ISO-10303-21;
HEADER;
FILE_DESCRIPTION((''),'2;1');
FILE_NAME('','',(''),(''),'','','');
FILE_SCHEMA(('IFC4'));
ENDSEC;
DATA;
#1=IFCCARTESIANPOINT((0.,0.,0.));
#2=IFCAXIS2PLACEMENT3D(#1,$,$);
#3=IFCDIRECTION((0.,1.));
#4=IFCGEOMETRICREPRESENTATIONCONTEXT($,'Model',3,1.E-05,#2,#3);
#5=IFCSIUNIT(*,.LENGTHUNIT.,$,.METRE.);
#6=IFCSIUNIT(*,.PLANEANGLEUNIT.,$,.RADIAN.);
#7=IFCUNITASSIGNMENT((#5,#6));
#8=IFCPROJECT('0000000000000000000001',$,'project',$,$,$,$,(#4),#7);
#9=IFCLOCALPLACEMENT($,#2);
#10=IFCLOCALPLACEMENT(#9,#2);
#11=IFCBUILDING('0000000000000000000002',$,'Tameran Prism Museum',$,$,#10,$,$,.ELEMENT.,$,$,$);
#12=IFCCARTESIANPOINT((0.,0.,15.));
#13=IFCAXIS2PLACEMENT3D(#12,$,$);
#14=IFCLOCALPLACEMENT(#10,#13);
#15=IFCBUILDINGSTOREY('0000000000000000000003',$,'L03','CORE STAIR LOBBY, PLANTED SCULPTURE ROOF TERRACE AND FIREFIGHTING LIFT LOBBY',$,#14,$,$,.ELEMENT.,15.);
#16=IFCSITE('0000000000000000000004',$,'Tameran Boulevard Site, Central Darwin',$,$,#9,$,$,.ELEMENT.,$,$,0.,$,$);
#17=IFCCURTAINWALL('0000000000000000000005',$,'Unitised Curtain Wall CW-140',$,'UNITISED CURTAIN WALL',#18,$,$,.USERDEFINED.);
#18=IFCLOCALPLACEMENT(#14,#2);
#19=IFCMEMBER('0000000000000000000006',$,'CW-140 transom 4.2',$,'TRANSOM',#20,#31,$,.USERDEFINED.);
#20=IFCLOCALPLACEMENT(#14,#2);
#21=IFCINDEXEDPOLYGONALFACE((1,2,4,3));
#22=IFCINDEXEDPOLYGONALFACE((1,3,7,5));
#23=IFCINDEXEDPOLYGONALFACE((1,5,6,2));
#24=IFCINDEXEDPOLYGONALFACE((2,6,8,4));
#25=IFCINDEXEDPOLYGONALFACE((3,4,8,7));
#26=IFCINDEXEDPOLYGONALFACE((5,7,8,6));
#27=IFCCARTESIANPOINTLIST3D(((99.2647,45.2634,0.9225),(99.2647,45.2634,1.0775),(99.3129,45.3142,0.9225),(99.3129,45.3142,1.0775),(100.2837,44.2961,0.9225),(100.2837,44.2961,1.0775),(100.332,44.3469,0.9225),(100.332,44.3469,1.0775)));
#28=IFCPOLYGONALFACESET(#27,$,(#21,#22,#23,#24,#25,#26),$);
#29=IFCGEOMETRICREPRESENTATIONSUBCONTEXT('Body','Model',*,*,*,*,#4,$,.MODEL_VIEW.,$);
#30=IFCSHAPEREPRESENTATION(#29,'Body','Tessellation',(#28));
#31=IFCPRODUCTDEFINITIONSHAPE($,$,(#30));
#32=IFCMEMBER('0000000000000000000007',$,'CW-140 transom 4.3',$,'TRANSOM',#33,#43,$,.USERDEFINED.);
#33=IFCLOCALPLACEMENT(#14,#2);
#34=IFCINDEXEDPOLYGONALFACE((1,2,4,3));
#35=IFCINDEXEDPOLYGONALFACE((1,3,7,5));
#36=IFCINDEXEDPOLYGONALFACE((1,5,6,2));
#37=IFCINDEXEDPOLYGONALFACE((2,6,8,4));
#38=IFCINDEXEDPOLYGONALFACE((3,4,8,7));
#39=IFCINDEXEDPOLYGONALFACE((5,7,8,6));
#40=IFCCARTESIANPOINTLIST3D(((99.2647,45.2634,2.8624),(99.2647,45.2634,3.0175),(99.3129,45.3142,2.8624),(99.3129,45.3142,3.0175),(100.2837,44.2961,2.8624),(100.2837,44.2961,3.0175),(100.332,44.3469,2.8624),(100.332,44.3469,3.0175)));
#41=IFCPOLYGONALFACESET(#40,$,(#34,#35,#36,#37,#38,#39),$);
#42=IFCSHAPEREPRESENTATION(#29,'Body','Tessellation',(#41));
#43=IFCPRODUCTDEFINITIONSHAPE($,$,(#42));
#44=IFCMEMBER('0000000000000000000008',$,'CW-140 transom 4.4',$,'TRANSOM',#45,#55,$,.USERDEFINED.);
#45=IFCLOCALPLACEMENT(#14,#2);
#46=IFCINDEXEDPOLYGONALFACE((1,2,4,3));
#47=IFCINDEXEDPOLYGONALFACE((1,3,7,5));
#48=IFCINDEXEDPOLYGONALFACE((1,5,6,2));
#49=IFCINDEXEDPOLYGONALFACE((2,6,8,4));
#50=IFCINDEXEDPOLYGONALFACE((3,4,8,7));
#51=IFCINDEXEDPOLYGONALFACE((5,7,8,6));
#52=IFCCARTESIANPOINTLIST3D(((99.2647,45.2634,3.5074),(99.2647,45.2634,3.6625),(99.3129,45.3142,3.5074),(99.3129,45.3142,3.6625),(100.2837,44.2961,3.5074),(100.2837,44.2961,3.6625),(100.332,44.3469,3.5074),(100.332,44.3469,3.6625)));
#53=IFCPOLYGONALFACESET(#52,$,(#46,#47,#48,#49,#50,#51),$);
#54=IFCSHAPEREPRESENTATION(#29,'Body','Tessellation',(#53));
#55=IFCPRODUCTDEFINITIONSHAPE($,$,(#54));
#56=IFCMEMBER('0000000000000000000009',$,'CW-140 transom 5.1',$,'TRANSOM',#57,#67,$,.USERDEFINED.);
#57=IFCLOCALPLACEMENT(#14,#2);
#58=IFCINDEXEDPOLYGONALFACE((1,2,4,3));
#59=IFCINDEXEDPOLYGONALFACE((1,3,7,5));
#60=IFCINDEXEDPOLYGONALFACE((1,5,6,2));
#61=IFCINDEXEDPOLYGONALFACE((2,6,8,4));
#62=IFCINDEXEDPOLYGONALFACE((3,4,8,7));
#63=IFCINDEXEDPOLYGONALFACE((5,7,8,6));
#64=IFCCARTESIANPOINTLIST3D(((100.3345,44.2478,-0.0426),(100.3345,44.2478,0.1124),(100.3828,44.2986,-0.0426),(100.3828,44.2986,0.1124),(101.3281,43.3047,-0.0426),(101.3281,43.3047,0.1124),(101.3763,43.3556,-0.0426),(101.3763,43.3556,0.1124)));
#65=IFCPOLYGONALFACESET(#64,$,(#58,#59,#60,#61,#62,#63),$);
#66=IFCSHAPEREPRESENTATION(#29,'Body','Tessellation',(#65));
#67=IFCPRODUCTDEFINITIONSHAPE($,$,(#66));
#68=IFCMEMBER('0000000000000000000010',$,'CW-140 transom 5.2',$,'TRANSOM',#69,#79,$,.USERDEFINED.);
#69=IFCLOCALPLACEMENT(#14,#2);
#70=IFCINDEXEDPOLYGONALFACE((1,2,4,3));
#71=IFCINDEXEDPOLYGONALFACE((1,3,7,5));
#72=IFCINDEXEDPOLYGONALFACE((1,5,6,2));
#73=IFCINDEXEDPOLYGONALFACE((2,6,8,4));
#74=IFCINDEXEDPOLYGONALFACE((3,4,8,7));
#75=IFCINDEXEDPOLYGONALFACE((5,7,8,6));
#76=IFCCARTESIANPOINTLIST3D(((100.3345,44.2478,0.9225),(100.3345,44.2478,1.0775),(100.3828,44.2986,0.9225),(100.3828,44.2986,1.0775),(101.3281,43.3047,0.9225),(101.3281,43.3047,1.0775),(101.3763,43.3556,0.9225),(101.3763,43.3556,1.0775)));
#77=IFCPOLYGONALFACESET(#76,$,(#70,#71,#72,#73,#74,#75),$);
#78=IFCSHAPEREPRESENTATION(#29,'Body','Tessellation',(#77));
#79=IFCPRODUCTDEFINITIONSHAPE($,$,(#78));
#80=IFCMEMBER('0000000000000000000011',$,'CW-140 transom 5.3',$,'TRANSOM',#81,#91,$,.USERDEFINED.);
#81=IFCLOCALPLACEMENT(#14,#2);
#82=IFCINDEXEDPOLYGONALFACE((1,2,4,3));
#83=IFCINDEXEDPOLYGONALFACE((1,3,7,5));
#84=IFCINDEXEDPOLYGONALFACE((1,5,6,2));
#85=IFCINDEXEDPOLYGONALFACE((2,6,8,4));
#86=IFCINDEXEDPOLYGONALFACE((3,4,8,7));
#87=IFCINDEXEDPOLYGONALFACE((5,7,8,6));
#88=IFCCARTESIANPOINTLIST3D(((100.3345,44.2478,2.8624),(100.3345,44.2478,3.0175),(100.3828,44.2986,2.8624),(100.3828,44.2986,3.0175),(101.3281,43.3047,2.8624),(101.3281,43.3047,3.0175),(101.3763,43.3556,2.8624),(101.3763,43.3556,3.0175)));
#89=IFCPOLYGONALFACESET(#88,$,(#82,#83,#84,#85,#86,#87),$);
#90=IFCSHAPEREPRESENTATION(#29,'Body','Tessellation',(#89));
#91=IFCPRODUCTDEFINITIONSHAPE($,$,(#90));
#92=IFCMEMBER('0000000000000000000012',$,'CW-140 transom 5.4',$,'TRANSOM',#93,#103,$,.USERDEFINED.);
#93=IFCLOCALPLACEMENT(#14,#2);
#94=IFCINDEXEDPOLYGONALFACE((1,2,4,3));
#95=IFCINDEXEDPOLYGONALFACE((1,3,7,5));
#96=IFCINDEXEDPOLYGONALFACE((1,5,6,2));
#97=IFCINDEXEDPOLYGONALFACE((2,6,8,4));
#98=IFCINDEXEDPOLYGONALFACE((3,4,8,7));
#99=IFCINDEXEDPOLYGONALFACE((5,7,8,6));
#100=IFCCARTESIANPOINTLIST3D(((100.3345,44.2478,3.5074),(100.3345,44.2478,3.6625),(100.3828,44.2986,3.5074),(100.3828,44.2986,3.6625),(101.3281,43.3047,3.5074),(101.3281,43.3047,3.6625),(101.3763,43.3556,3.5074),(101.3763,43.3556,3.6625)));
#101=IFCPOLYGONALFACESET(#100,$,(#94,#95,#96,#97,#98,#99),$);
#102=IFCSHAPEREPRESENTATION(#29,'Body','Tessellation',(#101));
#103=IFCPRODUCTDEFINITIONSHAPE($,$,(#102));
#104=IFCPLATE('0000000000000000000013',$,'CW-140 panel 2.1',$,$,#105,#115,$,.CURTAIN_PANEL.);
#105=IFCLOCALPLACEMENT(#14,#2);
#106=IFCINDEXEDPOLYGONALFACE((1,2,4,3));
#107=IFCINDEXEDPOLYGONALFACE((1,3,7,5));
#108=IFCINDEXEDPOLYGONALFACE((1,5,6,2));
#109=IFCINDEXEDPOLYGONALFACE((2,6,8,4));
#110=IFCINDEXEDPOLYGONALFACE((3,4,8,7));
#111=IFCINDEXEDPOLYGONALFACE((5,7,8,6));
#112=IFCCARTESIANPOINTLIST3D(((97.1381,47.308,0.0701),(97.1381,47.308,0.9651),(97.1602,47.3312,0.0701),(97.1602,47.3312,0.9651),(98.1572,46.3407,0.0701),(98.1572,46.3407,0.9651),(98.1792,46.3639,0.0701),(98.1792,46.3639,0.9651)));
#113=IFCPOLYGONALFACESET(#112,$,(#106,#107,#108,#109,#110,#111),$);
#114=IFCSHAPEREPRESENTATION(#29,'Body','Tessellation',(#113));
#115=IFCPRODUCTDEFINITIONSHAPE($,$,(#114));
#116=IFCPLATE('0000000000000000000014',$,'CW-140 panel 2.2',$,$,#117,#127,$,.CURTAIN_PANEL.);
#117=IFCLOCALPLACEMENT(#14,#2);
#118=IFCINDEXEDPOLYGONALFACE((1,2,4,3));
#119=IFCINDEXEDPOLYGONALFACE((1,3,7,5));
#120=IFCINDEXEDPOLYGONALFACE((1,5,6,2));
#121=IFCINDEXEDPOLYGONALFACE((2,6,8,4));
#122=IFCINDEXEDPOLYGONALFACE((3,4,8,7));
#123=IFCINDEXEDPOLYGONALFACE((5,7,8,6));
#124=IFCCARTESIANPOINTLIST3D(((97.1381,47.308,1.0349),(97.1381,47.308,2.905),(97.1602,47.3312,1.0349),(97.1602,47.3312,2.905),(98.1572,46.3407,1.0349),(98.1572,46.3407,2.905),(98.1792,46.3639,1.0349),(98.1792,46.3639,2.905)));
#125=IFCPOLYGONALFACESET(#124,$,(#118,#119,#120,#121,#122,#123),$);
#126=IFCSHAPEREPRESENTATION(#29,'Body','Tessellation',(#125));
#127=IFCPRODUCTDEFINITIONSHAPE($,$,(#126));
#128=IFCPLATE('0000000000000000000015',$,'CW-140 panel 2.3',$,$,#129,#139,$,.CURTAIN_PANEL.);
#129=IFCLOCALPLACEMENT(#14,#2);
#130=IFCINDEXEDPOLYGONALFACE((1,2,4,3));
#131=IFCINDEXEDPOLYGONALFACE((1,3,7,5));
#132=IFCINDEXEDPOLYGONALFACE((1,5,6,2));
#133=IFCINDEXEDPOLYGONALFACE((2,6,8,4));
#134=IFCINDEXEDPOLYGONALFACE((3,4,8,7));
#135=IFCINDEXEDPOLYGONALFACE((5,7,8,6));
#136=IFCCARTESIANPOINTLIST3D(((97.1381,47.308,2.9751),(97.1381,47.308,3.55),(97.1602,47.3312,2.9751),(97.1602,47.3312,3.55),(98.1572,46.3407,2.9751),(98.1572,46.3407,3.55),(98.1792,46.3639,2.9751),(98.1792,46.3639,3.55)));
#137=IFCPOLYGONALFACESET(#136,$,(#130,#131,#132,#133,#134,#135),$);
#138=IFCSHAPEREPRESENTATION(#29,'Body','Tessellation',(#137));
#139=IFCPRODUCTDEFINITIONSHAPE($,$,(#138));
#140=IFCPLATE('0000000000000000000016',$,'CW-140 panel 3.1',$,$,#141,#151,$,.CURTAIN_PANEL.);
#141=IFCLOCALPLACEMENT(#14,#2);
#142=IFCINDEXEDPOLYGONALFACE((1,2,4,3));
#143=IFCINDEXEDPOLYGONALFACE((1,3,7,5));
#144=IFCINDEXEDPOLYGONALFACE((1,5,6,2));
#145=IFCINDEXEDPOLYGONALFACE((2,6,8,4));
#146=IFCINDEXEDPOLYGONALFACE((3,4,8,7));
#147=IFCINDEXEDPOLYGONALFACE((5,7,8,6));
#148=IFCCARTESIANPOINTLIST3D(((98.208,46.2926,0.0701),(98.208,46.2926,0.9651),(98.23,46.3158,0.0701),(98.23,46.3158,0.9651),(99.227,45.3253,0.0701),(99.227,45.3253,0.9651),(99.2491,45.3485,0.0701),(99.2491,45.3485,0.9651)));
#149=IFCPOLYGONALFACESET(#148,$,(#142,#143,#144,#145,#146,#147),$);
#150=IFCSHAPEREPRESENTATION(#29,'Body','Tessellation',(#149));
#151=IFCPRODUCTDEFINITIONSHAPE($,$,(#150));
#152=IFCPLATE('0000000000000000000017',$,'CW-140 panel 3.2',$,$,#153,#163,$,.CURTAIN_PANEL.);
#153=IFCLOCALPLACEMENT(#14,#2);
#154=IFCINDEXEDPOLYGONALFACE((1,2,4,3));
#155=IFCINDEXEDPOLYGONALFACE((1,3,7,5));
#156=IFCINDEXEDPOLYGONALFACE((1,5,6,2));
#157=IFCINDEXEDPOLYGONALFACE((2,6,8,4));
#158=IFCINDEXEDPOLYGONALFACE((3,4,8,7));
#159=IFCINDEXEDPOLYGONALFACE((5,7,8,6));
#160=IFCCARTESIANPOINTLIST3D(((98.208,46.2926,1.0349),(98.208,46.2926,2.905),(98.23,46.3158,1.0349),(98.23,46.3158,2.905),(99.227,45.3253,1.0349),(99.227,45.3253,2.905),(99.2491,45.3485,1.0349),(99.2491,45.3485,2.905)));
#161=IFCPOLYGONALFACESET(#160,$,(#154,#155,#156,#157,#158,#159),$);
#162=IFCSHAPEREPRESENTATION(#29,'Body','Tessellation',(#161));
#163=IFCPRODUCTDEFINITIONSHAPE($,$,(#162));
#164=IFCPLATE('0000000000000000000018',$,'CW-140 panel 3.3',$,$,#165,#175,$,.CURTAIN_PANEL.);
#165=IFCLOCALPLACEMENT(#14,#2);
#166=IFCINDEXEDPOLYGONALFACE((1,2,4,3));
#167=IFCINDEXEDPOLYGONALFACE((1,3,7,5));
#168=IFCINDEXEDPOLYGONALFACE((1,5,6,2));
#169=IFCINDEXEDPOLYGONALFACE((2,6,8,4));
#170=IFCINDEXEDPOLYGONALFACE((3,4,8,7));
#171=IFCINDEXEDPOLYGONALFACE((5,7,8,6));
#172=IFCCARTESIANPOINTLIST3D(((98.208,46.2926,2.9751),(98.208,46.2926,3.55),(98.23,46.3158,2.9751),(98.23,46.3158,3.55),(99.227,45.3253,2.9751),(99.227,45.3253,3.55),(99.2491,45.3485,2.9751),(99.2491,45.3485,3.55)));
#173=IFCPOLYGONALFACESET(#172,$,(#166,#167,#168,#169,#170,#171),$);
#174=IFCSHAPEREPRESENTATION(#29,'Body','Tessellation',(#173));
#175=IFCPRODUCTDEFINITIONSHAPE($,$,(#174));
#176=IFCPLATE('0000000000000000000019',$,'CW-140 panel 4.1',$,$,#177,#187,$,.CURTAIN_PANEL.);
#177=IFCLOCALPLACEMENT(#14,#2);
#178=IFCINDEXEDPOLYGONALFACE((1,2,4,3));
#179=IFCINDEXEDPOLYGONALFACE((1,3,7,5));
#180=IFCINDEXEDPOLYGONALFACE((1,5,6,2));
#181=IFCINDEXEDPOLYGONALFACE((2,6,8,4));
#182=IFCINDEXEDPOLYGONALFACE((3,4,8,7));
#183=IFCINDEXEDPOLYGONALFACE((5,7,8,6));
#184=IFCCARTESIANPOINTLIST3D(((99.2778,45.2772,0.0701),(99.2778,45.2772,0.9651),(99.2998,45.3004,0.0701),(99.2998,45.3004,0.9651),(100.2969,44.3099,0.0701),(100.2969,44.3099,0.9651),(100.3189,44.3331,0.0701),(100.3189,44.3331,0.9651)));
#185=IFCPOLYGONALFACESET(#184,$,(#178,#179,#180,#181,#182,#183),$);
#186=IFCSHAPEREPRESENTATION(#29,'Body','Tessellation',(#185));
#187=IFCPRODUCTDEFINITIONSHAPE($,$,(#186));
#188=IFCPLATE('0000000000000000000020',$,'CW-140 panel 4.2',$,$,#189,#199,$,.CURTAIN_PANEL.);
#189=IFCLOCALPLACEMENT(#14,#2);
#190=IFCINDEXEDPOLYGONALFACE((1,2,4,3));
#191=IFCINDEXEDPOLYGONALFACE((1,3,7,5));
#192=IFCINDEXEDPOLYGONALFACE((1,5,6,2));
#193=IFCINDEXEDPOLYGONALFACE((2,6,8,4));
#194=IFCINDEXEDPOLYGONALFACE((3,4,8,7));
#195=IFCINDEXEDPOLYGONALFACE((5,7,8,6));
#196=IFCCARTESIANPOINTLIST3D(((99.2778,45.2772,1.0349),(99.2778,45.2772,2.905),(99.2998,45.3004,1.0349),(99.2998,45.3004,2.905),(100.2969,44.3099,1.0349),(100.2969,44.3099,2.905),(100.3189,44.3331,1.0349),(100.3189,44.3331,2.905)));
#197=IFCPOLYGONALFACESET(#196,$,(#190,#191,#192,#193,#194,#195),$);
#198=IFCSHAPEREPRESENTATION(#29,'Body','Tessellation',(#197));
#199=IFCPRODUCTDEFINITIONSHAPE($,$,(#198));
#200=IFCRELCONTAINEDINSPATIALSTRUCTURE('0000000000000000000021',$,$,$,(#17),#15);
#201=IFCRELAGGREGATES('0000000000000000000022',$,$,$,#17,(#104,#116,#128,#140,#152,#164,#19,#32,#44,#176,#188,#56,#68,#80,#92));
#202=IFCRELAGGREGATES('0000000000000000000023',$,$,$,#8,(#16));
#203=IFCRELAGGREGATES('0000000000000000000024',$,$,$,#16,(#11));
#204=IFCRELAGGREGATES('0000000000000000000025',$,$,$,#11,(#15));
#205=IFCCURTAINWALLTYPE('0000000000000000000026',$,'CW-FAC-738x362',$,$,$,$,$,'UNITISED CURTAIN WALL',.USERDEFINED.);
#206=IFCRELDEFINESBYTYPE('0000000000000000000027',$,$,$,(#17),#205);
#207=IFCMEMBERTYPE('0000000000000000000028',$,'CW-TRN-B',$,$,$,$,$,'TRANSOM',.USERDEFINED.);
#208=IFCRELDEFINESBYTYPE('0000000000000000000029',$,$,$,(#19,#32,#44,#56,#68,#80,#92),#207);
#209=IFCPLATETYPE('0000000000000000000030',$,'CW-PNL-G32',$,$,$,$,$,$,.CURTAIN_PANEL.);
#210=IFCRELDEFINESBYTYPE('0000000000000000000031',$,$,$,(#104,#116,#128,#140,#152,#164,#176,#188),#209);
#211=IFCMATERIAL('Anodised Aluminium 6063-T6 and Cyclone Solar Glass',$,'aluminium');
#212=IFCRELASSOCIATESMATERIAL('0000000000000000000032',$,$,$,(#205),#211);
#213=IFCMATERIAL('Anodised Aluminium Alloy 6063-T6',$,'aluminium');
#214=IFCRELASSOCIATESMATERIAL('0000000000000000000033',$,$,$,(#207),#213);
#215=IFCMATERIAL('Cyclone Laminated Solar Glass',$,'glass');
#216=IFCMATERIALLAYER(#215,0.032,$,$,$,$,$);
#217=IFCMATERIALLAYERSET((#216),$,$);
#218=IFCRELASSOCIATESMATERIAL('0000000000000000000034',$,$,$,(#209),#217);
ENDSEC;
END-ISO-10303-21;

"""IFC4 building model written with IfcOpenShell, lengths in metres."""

from ifc_helpers import new_model, si_unit, direction, frame, origin, origin_2d, place, context, subcontext, project, spatial, rectangle, extrude, material, layer, layer_set, material_profile, profile_set, type_object, element, aggregate, save


model = new_model("IFC4")

# Units and contexts
model_context = context("Model", 3, precision=1e-05, world=origin(), true_north=direction((0.0, 1.0)))
body_context = subcontext(model_context, "Body", "Model", "MODEL_VIEW")
ifc_project = project(units=[si_unit("LENGTHUNIT", "METRE"), si_unit("PLANEANGLEUNIT", "RADIAN")], contexts=[model_context])

# Site, building, storey
site_placement = place(None, origin())
site = spatial("IfcSite", under=ifc_project, at=site_placement, Name="Tameran Boulevard Site, Central Darwin", CompositionType="ELEMENT", RefElevation=0.0)
building_placement = place(site_placement, origin())
building = spatial("IfcBuilding", under=site, at=building_placement, Name="Tameran Prism Museum", CompositionType="ELEMENT")
storey_placement = place(building_placement, frame((0.0, 0.0, 15.0)))
storey = spatial("IfcBuildingStorey", under=building, at=storey_placement, Name="L03", Description="CORE STAIR LOBBY, PLANTED SCULPTURE ROOF TERRACE AND FIREFIGHTING LIFT LOBBY", CompositionType="ELEMENT", Elevation=15.0)

# Curtain wall
ifc_material_1 = material(Name="Anodised Aluminium 6063-T6 and Cyclone Solar Glass", Category="aluminium")
curtain_wall_type_1 = type_object("IfcCurtainWallType", Name="CW-FAC-738x362", ElementType="UNITISED CURTAIN WALL", PredefinedType="USERDEFINED", material=ifc_material_1)
curtain_wall_1_placement = place(storey_placement, origin())
curtain_wall_1 = element("IfcCurtainWall", 1, at=curtain_wall_1_placement, inside=storey, type_object=curtain_wall_type_1, Name="Unitised Curtain Wall CW-140", ObjectType="UNITISED CURTAIN WALL", PredefinedType="USERDEFINED")

# Members
ifc_material_2 = material(Name="Anodised Aluminium Alloy 6063-T6", Category="aluminium")
ifc_material_profile_1 = material_profile(ifc_material_2, rectangle(XDim=0.0701, YDim=0.155, at=origin_2d()))
ifc_profile_set_1 = profile_set([ifc_material_profile_1])
member_type_1 = type_object("IfcMemberType", Name="CW-TRN-B", ElementType="TRANSOM", PredefinedType="USERDEFINED", material=ifc_profile_set_1)
member_1_placement = place(storey_placement, frame((99.2888, 45.2888, 1.0), z_axis=(0.725286, -0.688448, 0.0), x_axis=(0.688448, 0.725286, 0.0)))
member_1 = element("IfcMember", 2, at=member_1_placement, type_object=member_type_1, Name="CW-140 transom 4.2", ObjectType="TRANSOM", PredefinedType="USERDEFINED", context=body_context, shape_type="SweptSolid", body=[
    extrude(rectangle(XDim=0.0701, YDim=0.155, at=origin_2d()), origin(), (0.0, 0.0, 1.0), 1.405),
])
member_2_placement = place(storey_placement, frame((99.2888, 45.2888, 2.9399), z_axis=(0.725286, -0.688448, 0.0), x_axis=(0.688448, 0.725286, 0.0)))
member_2 = element("IfcMember", 3, at=member_2_placement, type_object=member_type_1, Name="CW-140 transom 4.3", ObjectType="TRANSOM", PredefinedType="USERDEFINED", context=body_context, shape_type="SweptSolid", body=[
    extrude(rectangle(XDim=0.0701, YDim=0.155, at=origin_2d()), origin(), (0.0, 0.0, 1.0), 1.405),
])
member_3_placement = place(storey_placement, frame((99.2888, 45.2888, 3.585), z_axis=(0.725286, -0.688448, 0.0), x_axis=(0.688448, 0.725286, 0.0)))
member_3 = element("IfcMember", 4, at=member_3_placement, type_object=member_type_1, Name="CW-140 transom 4.4", ObjectType="TRANSOM", PredefinedType="USERDEFINED", context=body_context, shape_type="SweptSolid", body=[
    extrude(rectangle(XDim=0.0701, YDim=0.155, at=origin_2d()), origin(), (0.0, 0.0, 1.0), 1.405),
])
member_4_placement = place(storey_placement, frame((100.3586, 44.2732, 0.0349), z_axis=(0.725311, -0.688422, 0.0), x_axis=(0.688422, 0.725311, 0.0)))
member_4 = element("IfcMember", 5, at=member_4_placement, type_object=member_type_1, Name="CW-140 transom 5.1", ObjectType="TRANSOM", PredefinedType="USERDEFINED", context=body_context, shape_type="SweptSolid", body=[
    extrude(rectangle(XDim=0.0701, YDim=0.155, at=origin_2d()), origin(), (0.0, 0.0, 1.0), 1.3699),
])
member_5_placement = place(storey_placement, frame((100.3586, 44.2732, 1.0), z_axis=(0.725311, -0.688422, 0.0), x_axis=(0.688422, 0.725311, 0.0)))
member_5 = element("IfcMember", 6, at=member_5_placement, type_object=member_type_1, Name="CW-140 transom 5.2", ObjectType="TRANSOM", PredefinedType="USERDEFINED", context=body_context, shape_type="SweptSolid", body=[
    extrude(rectangle(XDim=0.0701, YDim=0.155, at=origin_2d()), origin(), (0.0, 0.0, 1.0), 1.3699),
])
member_6_placement = place(storey_placement, frame((100.3586, 44.2732, 2.9399), z_axis=(0.725311, -0.688422, 0.0), x_axis=(0.688422, 0.725311, 0.0)))
member_6 = element("IfcMember", 7, at=member_6_placement, type_object=member_type_1, Name="CW-140 transom 5.3", ObjectType="TRANSOM", PredefinedType="USERDEFINED", context=body_context, shape_type="SweptSolid", body=[
    extrude(rectangle(XDim=0.0701, YDim=0.155, at=origin_2d()), origin(), (0.0, 0.0, 1.0), 1.3699),
])
member_7_placement = place(storey_placement, frame((100.3586, 44.2732, 3.585), z_axis=(0.725311, -0.688422, 0.0), x_axis=(0.688422, 0.725311, 0.0)))
member_7 = element("IfcMember", 8, at=member_7_placement, type_object=member_type_1, Name="CW-140 transom 5.4", ObjectType="TRANSOM", PredefinedType="USERDEFINED", context=body_context, shape_type="SweptSolid", body=[
    extrude(rectangle(XDim=0.0701, YDim=0.155, at=origin_2d()), origin(), (0.0, 0.0, 1.0), 1.3699),
])

# Plates
ifc_material_3 = material(Name="Cyclone Laminated Solar Glass", Category="glass")
ifc_layer_1 = layer(ifc_material_3, 0.032)
ifc_layer_set_1 = layer_set([ifc_layer_1])
plate_type = type_object("IfcPlateType", Name="CW-PNL-G32", PredefinedType="CURTAIN_PANEL", material=ifc_layer_set_1)
plate_1_placement = place(storey_placement, frame((97.6587, 46.8359, 0.0701), z_axis=(0.0, 0.0, 1.0), x_axis=(0.725307, -0.688425, 0.0)))
plate_1 = element("IfcPlate", 9, at=plate_1_placement, type_object=plate_type, Name="CW-140 panel 2.1", PredefinedType="CURTAIN_PANEL", context=body_context, shape_type="SweptSolid", body=[
    extrude(rectangle(XDim=1.405, YDim=0.032, at=origin_2d()), origin(), (0.0, 0.0, 1.0), 0.895),
])
plate_2_placement = place(storey_placement, frame((97.6587, 46.8359, 1.0349), z_axis=(0.0, 0.0, 1.0), x_axis=(0.725307, -0.688425, 0.0)))
plate_2 = element("IfcPlate", 10, at=plate_2_placement, type_object=plate_type, Name="CW-140 panel 2.2", PredefinedType="CURTAIN_PANEL", context=body_context, shape_type="SweptSolid", body=[
    extrude(rectangle(XDim=1.405, YDim=0.032, at=origin_2d()), origin(), (0.0, 0.0, 1.0), 1.8701),
])
plate_3_placement = place(storey_placement, frame((97.6587, 46.8359, 2.9751), z_axis=(0.0, 0.0, 1.0), x_axis=(0.725307, -0.688425, 0.0)))
plate_3 = element("IfcPlate", 11, at=plate_3_placement, type_object=plate_type, Name="CW-140 panel 2.3", PredefinedType="CURTAIN_PANEL", context=body_context, shape_type="SweptSolid", body=[
    extrude(rectangle(XDim=1.405, YDim=0.032, at=origin_2d()), origin(), (0.0, 0.0, 1.0), 0.575),
])
plate_4_placement = place(storey_placement, frame((98.7285, 45.8206, 0.0701), z_axis=(0.0, 0.0, 1.0), x_axis=(0.725307, -0.688425, 0.0)))
plate_4 = element("IfcPlate", 12, at=plate_4_placement, type_object=plate_type, Name="CW-140 panel 3.1", PredefinedType="CURTAIN_PANEL", context=body_context, shape_type="SweptSolid", body=[
    extrude(rectangle(XDim=1.405, YDim=0.032, at=origin_2d()), origin(), (0.0, 0.0, 1.0), 0.895),
])
plate_5_placement = place(storey_placement, frame((98.7285, 45.8206, 1.0349), z_axis=(0.0, 0.0, 1.0), x_axis=(0.725307, -0.688425, 0.0)))
plate_5 = element("IfcPlate", 13, at=plate_5_placement, type_object=plate_type, Name="CW-140 panel 3.2", PredefinedType="CURTAIN_PANEL", context=body_context, shape_type="SweptSolid", body=[
    extrude(rectangle(XDim=1.405, YDim=0.032, at=origin_2d()), origin(), (0.0, 0.0, 1.0), 1.8701),
])
plate_6_placement = place(storey_placement, frame((98.7285, 45.8206, 2.9751), z_axis=(0.0, 0.0, 1.0), x_axis=(0.725307, -0.688425, 0.0)))
plate_6 = element("IfcPlate", 14, at=plate_6_placement, type_object=plate_type, Name="CW-140 panel 3.3", PredefinedType="CURTAIN_PANEL", context=body_context, shape_type="SweptSolid", body=[
    extrude(rectangle(XDim=1.405, YDim=0.032, at=origin_2d()), origin(), (0.0, 0.0, 1.0), 0.575),
])
plate_7_placement = place(storey_placement, frame((99.7983, 44.8052, 0.0701), z_axis=(0.0, 0.0, 1.0), x_axis=(0.725307, -0.688425, 0.0)))
plate_7 = element("IfcPlate", 15, at=plate_7_placement, type_object=plate_type, Name="CW-140 panel 4.1", PredefinedType="CURTAIN_PANEL", context=body_context, shape_type="SweptSolid", body=[
    extrude(rectangle(XDim=1.405, YDim=0.032, at=origin_2d()), origin(), (0.0, 0.0, 1.0), 0.895),
])
plate_8_placement = place(storey_placement, frame((99.7983, 44.8052, 1.0349), z_axis=(0.0, 0.0, 1.0), x_axis=(0.725307, -0.688425, 0.0)))
plate_8 = element("IfcPlate", 16, at=plate_8_placement, type_object=plate_type, Name="CW-140 panel 4.2", PredefinedType="CURTAIN_PANEL", context=body_context, shape_type="SweptSolid", body=[
    extrude(rectangle(XDim=1.405, YDim=0.032, at=origin_2d()), origin(), (0.0, 0.0, 1.0), 1.8701),
])
aggregate(curtain_wall_1, [plate_1, plate_2, plate_3, plate_4, plate_5, plate_6, member_1, member_2, member_3, plate_7, plate_8, member_4, member_5, member_6, member_7])

save(model, "model.ifc")
